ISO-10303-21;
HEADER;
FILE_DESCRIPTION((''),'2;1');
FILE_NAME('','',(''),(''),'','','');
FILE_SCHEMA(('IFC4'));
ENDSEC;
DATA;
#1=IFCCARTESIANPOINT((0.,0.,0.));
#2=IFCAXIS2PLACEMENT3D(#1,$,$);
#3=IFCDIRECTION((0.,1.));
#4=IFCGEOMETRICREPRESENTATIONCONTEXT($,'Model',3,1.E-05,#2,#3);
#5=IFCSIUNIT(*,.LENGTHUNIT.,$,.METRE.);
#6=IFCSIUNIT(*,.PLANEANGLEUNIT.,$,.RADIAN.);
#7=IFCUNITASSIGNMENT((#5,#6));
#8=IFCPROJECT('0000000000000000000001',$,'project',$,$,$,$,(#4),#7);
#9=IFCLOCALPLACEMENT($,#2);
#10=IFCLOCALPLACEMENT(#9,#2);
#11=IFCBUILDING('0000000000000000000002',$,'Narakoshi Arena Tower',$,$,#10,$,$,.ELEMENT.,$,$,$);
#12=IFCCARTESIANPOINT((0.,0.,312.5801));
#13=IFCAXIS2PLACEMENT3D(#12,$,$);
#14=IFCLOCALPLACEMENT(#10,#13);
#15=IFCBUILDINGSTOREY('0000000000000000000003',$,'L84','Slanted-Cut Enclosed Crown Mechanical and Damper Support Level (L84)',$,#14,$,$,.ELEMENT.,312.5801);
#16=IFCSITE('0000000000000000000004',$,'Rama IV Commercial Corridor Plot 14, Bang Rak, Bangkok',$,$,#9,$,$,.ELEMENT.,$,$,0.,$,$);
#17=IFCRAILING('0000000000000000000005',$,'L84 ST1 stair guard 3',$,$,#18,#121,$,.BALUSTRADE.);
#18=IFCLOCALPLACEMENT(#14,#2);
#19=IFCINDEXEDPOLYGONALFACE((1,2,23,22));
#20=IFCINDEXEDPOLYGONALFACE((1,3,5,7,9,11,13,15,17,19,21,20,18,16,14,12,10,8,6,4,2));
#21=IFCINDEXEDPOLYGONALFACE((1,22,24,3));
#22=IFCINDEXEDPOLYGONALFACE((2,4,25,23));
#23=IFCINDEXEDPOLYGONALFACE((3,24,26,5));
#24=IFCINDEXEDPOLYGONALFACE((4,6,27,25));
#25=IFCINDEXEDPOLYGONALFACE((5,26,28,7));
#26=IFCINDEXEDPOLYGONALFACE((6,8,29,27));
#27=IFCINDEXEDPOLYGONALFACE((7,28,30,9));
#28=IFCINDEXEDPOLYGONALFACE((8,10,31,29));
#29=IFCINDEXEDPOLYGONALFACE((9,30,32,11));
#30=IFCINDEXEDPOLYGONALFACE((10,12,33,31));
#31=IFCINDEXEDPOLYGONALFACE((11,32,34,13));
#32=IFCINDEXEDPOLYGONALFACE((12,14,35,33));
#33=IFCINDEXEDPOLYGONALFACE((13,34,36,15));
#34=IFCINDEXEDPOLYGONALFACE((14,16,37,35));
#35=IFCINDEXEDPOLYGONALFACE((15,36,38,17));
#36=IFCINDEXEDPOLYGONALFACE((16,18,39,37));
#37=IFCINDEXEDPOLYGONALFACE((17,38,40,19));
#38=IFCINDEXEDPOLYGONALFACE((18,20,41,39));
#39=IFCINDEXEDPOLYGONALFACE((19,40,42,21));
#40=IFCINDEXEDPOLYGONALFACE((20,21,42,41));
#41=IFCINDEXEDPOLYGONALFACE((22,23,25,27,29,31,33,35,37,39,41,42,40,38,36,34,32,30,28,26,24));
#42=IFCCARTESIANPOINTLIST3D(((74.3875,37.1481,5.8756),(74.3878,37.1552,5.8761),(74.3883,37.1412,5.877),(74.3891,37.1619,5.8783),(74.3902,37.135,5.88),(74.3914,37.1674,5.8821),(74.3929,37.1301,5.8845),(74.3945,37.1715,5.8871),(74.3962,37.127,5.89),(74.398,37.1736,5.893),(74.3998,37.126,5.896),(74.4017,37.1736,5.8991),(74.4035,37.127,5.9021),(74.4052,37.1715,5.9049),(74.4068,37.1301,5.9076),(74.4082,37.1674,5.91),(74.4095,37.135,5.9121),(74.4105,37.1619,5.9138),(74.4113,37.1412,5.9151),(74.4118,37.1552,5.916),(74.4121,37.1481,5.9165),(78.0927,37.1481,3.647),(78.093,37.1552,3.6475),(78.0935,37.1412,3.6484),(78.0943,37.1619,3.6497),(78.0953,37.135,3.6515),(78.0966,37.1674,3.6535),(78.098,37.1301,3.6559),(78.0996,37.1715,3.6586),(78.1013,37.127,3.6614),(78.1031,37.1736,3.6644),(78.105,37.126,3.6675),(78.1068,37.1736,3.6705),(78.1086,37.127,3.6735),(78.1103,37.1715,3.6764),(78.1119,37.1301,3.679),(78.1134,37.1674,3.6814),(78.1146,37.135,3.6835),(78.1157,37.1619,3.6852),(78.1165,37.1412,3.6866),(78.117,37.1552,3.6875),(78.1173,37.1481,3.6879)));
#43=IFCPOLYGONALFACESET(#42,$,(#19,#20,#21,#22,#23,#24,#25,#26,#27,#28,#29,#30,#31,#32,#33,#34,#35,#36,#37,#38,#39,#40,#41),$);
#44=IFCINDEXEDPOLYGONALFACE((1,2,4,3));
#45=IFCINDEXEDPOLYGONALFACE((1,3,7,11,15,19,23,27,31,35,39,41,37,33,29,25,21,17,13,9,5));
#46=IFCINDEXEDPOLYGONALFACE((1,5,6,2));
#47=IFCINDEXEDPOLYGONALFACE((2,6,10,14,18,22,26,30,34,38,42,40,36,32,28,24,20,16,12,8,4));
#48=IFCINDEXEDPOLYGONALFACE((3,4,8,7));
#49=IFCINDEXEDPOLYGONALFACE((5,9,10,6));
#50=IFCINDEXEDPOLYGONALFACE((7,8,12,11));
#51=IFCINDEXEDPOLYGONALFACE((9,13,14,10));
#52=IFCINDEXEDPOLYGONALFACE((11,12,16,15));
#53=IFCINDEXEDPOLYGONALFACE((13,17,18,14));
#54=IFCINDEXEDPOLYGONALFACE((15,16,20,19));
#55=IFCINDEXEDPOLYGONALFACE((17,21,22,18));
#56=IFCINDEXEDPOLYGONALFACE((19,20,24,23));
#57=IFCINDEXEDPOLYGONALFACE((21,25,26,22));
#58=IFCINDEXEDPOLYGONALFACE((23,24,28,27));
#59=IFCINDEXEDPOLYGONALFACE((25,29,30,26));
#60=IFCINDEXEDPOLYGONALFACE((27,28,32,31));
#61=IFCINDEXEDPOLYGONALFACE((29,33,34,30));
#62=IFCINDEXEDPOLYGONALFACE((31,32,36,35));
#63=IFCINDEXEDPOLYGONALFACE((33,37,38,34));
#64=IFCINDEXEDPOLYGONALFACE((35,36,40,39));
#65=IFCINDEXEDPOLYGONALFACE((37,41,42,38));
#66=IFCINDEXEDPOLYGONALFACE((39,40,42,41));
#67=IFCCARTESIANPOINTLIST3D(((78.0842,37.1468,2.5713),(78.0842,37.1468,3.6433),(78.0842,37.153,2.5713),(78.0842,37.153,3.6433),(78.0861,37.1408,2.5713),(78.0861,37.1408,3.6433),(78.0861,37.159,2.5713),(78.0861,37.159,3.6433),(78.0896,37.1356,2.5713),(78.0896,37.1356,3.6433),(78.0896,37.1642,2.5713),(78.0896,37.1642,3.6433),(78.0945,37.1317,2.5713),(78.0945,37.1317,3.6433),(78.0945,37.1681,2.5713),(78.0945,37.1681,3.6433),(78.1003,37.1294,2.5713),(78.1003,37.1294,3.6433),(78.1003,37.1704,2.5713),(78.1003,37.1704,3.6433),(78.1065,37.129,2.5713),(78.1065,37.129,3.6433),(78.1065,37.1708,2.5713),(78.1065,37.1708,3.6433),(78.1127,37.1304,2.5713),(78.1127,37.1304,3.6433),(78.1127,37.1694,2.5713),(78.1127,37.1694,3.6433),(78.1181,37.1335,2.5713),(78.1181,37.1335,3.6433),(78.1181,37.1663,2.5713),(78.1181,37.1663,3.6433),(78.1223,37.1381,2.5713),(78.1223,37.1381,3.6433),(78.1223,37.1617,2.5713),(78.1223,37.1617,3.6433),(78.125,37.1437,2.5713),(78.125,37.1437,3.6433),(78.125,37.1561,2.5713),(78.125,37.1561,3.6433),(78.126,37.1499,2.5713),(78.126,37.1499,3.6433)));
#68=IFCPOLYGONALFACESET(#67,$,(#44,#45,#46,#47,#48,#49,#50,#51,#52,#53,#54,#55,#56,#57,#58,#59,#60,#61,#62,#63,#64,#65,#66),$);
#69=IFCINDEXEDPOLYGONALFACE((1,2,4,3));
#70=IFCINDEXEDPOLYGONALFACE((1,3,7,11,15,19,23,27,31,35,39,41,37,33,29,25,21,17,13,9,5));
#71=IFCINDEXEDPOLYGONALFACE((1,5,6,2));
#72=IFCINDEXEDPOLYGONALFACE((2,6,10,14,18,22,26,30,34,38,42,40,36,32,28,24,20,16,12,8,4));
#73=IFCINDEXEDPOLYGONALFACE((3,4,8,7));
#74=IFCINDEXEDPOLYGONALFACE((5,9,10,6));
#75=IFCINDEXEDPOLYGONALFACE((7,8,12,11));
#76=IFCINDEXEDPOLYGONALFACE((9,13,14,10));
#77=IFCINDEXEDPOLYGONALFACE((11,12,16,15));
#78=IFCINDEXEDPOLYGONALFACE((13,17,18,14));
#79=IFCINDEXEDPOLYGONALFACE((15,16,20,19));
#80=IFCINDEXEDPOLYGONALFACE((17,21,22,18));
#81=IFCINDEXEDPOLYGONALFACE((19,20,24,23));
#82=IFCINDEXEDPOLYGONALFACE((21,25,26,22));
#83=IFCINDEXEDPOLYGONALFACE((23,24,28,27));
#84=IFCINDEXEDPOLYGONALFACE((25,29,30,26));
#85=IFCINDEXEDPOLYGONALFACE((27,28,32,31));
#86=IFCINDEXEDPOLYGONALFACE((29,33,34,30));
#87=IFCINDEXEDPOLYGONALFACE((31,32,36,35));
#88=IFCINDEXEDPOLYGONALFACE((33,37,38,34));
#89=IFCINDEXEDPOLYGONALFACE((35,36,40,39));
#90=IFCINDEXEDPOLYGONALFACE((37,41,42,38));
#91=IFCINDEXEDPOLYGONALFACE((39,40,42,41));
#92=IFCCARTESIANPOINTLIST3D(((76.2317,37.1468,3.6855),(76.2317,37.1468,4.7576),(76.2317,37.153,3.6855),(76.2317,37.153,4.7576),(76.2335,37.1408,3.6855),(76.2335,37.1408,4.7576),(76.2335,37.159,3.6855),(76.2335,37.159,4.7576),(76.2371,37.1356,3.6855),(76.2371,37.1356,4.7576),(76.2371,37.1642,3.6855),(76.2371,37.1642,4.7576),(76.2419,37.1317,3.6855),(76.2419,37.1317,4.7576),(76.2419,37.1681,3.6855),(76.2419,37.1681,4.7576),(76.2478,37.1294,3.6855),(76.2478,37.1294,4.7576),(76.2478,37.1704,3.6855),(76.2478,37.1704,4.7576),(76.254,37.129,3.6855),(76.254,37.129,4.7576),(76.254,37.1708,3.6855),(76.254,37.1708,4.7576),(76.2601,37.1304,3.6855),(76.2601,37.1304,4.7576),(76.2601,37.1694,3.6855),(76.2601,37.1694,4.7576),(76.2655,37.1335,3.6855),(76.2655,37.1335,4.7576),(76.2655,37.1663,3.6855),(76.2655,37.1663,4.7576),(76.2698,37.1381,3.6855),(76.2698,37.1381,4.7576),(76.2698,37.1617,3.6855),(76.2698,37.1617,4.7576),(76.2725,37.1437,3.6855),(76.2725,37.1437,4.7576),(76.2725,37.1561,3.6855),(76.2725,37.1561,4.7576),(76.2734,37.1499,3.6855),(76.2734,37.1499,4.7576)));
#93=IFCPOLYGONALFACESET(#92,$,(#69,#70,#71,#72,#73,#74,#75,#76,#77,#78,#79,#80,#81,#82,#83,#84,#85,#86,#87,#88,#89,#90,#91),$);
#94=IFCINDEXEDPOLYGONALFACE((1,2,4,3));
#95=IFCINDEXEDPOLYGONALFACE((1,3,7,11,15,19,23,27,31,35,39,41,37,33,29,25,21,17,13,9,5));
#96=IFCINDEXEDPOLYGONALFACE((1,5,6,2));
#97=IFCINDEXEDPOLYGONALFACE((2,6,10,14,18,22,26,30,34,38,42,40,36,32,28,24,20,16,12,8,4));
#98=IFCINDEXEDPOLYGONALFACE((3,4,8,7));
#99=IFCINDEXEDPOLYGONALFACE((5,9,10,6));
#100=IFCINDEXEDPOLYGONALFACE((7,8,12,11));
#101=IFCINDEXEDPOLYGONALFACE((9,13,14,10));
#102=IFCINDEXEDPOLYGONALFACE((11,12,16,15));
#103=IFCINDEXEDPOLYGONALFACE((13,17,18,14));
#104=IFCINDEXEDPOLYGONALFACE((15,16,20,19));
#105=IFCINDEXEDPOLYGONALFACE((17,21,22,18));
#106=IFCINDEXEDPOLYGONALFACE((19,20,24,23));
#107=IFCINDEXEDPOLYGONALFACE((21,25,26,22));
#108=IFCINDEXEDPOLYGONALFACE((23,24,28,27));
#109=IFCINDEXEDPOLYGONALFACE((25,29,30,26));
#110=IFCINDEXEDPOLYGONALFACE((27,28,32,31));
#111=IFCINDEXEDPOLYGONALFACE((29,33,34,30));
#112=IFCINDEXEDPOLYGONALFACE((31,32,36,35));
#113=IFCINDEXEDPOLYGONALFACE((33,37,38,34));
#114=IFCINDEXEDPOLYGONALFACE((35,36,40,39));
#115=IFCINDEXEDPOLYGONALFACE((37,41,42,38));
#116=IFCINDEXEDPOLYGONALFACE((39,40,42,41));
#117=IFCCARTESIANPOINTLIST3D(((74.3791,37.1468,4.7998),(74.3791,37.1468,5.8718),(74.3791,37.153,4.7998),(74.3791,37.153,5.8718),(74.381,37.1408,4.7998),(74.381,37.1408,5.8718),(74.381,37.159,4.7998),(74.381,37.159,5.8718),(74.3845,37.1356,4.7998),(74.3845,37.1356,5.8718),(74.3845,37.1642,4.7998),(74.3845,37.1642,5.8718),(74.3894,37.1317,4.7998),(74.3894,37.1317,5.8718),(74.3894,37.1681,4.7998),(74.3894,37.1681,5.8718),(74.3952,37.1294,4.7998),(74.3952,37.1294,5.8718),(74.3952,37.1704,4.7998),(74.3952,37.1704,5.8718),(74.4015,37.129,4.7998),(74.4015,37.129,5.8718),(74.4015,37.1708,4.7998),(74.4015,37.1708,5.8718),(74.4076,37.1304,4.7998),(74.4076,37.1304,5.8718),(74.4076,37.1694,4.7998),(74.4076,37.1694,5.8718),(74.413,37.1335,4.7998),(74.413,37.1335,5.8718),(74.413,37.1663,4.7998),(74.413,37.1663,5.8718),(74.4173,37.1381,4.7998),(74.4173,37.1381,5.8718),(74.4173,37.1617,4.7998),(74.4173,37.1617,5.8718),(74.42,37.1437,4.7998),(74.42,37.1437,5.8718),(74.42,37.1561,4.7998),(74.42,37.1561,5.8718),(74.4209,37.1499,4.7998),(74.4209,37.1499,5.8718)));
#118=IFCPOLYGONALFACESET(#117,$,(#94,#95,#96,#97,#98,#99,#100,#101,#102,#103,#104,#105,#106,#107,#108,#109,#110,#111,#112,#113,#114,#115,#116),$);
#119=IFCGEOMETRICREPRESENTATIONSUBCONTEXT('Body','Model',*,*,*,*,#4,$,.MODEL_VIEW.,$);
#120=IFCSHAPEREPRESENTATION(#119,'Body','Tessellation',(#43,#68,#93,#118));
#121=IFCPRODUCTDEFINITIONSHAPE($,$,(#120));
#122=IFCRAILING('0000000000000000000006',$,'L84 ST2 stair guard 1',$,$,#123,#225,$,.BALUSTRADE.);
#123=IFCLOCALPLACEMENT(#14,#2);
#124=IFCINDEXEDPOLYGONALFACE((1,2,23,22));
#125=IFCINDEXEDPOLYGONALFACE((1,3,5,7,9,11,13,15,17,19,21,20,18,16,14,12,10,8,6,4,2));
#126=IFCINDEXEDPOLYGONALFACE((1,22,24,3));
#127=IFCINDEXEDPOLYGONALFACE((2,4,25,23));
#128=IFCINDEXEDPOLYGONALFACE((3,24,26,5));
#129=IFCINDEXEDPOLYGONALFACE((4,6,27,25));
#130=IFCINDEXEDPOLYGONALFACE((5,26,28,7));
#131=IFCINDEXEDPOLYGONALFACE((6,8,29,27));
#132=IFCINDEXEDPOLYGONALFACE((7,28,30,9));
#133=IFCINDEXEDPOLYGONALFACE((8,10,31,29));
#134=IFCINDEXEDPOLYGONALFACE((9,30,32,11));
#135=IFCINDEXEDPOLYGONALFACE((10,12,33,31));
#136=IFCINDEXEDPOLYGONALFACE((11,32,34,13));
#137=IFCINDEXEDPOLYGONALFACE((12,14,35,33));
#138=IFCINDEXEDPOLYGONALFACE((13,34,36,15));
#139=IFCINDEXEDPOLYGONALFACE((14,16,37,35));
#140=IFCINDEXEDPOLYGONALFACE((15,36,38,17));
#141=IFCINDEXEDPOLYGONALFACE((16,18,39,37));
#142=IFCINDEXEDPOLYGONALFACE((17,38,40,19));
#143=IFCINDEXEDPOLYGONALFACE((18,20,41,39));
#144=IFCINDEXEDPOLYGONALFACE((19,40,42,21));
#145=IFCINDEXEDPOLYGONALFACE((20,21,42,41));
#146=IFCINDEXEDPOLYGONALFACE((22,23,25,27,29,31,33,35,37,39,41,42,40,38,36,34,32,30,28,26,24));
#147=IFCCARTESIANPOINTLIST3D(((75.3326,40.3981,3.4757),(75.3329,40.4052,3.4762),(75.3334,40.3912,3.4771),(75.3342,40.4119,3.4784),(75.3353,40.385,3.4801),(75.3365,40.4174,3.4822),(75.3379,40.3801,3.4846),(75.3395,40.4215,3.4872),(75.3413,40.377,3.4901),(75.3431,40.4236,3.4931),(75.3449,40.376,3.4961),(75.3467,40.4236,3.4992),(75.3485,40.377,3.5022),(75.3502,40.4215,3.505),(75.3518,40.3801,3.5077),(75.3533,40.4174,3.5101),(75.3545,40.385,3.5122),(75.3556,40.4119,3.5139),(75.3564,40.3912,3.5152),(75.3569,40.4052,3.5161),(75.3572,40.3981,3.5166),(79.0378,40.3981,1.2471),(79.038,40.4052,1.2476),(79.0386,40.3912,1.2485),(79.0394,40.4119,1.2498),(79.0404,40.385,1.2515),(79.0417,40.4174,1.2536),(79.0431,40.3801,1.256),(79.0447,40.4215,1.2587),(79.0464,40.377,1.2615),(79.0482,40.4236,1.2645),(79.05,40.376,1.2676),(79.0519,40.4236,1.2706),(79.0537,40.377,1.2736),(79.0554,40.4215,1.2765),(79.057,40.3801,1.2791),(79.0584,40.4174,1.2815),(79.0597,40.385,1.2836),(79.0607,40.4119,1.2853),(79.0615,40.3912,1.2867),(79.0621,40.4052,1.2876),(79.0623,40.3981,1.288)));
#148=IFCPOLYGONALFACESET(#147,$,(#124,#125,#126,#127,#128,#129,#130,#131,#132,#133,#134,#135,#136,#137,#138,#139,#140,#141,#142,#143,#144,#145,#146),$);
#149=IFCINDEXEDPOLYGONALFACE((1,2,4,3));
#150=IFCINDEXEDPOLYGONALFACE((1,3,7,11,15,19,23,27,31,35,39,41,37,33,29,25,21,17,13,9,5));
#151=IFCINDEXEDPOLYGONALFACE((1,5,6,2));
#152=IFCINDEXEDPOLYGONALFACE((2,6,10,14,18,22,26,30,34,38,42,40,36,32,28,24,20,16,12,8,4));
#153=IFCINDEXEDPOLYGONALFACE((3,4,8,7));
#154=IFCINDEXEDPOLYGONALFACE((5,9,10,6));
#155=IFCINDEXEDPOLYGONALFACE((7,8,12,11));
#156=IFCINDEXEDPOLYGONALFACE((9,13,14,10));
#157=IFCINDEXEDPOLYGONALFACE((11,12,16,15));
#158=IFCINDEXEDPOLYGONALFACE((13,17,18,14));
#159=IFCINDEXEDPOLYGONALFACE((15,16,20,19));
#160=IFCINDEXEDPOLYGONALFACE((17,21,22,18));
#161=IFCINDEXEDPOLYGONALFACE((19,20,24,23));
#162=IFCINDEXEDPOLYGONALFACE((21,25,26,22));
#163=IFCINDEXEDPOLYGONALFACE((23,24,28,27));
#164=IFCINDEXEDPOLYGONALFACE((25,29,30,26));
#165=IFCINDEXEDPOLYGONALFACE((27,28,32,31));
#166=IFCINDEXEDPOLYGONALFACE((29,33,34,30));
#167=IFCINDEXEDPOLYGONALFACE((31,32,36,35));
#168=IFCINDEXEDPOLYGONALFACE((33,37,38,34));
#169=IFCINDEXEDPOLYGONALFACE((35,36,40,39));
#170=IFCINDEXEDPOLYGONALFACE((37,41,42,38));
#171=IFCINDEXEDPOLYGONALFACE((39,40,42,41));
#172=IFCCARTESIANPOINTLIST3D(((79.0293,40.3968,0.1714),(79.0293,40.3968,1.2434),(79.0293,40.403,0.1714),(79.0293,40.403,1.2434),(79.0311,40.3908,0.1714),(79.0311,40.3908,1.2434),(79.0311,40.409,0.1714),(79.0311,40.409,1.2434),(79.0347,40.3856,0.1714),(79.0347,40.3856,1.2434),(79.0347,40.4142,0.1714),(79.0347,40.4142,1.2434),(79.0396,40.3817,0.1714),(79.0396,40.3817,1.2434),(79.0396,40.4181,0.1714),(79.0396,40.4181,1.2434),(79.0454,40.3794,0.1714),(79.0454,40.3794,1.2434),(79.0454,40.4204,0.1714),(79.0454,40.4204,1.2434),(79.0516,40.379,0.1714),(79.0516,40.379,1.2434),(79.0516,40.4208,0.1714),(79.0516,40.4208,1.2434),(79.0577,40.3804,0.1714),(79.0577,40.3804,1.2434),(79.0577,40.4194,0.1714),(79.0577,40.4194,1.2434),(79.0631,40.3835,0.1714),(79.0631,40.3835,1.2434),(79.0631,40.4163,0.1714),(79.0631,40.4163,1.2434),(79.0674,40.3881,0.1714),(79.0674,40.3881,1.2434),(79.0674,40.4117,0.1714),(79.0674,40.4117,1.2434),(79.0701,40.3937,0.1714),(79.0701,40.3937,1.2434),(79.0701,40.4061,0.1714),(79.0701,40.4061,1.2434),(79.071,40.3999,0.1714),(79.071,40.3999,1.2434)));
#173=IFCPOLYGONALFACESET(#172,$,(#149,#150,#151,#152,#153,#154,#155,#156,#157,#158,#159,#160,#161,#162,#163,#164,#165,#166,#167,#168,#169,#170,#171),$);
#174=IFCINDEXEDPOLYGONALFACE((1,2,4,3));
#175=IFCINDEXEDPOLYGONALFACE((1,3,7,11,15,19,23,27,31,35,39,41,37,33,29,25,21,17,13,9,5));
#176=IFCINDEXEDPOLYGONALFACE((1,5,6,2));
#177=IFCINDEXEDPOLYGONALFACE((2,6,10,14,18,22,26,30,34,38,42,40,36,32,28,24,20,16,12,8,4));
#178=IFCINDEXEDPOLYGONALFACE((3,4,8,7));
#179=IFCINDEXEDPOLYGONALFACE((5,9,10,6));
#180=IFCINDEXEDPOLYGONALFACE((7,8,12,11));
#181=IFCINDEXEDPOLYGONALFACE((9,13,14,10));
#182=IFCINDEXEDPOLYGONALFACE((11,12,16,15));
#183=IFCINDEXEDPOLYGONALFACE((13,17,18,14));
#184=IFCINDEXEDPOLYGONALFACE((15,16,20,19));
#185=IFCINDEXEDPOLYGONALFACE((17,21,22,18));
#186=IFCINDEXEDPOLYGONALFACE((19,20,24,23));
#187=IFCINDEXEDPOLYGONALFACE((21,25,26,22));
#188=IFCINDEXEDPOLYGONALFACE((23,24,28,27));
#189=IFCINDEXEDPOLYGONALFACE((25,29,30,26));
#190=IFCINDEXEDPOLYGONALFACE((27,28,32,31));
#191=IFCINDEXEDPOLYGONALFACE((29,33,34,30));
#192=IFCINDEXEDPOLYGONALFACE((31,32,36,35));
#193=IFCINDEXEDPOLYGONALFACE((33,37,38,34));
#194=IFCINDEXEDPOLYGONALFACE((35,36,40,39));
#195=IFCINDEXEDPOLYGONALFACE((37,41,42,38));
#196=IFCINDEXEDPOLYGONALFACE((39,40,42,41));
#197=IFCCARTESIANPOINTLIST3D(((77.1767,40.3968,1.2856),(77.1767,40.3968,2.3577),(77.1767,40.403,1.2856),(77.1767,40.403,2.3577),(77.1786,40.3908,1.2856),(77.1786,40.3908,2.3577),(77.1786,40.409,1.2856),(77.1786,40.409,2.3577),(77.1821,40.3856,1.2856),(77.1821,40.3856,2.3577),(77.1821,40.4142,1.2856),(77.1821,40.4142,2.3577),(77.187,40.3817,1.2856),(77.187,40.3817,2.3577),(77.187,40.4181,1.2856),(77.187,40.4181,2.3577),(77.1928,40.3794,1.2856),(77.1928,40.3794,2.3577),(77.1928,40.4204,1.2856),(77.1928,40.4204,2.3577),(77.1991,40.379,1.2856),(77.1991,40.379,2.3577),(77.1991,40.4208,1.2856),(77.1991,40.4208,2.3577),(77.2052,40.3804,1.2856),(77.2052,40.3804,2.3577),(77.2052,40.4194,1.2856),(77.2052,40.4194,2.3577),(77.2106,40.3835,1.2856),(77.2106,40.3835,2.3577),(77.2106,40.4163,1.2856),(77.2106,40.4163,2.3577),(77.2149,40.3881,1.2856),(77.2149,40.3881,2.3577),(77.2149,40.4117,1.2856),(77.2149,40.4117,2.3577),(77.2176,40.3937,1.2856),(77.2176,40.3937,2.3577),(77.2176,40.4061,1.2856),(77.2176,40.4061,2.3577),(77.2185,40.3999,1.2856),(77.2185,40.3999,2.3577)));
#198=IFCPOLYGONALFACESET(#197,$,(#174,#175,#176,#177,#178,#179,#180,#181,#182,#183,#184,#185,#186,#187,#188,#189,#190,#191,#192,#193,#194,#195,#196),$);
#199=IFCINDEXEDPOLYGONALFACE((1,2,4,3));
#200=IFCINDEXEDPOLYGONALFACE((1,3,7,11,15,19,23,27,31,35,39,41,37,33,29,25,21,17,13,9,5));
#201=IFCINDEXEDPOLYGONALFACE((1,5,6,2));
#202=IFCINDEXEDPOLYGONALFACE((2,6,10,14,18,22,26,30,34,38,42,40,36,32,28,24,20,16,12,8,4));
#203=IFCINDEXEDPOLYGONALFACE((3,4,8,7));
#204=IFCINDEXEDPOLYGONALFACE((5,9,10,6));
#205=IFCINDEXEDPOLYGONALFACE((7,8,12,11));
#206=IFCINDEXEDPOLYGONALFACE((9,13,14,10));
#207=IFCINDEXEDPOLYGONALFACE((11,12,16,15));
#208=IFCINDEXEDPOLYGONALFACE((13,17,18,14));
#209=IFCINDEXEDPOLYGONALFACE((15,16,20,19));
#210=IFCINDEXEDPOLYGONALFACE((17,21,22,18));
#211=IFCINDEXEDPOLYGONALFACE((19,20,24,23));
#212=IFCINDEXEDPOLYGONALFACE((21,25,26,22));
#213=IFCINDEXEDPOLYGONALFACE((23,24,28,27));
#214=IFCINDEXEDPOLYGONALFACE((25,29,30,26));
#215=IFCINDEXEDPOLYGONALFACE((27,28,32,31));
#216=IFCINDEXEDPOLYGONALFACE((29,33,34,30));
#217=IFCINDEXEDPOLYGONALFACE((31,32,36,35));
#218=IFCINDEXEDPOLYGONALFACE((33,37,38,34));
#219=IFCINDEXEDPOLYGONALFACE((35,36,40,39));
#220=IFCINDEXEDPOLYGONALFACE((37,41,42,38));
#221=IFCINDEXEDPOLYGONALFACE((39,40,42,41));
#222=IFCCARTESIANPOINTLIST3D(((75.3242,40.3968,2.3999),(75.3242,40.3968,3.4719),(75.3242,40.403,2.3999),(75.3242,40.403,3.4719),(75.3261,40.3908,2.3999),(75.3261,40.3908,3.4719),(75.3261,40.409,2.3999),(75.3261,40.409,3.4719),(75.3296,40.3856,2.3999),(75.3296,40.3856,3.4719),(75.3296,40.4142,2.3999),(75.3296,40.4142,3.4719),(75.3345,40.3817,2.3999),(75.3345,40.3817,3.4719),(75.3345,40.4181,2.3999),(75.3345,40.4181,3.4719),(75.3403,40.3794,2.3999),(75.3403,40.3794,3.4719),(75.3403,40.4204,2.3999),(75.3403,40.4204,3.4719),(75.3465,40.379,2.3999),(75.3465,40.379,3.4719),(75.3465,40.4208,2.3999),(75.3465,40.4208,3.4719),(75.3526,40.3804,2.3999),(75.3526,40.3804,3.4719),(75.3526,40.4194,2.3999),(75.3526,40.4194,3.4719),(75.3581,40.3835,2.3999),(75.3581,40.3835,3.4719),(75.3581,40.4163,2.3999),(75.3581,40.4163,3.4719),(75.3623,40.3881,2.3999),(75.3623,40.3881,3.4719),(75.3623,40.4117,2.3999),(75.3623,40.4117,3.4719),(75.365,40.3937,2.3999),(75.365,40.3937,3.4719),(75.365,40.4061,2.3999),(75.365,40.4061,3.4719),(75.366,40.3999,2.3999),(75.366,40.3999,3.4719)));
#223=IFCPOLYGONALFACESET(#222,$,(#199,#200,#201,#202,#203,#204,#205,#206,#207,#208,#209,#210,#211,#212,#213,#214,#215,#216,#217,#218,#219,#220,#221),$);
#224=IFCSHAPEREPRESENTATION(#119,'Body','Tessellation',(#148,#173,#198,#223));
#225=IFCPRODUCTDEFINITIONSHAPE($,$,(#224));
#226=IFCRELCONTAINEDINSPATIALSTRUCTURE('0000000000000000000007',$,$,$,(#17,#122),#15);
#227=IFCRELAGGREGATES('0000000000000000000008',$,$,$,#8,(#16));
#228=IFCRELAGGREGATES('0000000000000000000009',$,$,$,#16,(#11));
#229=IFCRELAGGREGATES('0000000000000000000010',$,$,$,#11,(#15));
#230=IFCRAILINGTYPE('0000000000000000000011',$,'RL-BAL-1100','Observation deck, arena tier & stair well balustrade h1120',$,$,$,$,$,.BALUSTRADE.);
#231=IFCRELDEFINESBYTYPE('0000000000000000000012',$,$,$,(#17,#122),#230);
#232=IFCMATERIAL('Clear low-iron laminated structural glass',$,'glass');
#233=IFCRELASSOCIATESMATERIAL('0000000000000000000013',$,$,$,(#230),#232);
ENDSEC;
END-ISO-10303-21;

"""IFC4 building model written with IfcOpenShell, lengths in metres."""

from ifc_helpers import new_model, si_unit, direction, frame, origin, origin_2d, place, context, subcontext, project, spatial, circle, extrude, material, type_object, element, save


model = new_model("IFC4")

# Units and contexts
model_context = context("Model", 3, precision=1e-05, world=origin(), true_north=direction((0.0, 1.0)))
body_context = subcontext(model_context, "Body", "Model", "MODEL_VIEW")
ifc_project = project(units=[si_unit("LENGTHUNIT", "METRE"), si_unit("PLANEANGLEUNIT", "RADIAN")], contexts=[model_context])

# Site, building, storey
site_placement = place(None, origin())
site = spatial("IfcSite", under=ifc_project, at=site_placement, Name="Rama IV Commercial Corridor Plot 14, Bang Rak, Bangkok", CompositionType="ELEMENT", RefElevation=0.0)
building_placement = place(site_placement, origin())
building = spatial("IfcBuilding", under=site, at=building_placement, Name="Narakoshi Arena Tower", CompositionType="ELEMENT")
storey_placement = place(building_placement, frame((0.0, 0.0, 312.5801)))
storey = spatial("IfcBuildingStorey", under=building, at=storey_placement, Name="L84", Description="Slanted-Cut Enclosed Crown Mechanical and Damper Support Level (L84)", CompositionType="ELEMENT", Elevation=312.5801)

# Railings
ifc_material_1 = material(Name="Clear low-iron laminated structural glass", Category="glass")
railing_type_1 = type_object("IfcRailingType", Name="RL-BAL-1100", Description="Observation deck, arena tier & stair well balustrade h1120", PredefinedType="BALUSTRADE", material=ifc_material_1)
for number, where, name in (
    (1, (78.105, 37.1499, 2.5713), "L84 ST1 stair guard 3"),
    (2, (79.05, 40.3999, 0.1714), "L84 ST2 stair guard 1"),
):
    element("IfcRailing", number, at=place(storey_placement, frame(where)), inside=storey, type_object=railing_type_1, Name=name, PredefinedType="BALUSTRADE", context=body_context, shape_type="SweptSolid", body=[
        extrude(circle(Radius=0.0239, at=origin_2d()), frame((0.0, 0.0, 1.0962), z_axis=(-0.856934, 0.0, 0.515425), x_axis=(0.0, -1.0, 0.0)), (0.0, 0.0, 1.0), 4.3237),
        extrude(circle(Radius=0.021, at=origin_2d()), origin(), (0.0, 0.0, 1.0), 1.072),
        extrude(circle(Radius=0.021, at=origin_2d()), frame((-1.8525, 0.0, 1.1143)), (0.0, 0.0, 1.0), 1.072),
        extrude(circle(Radius=0.021, at=origin_2d()), frame((-3.7051, 0.0, 2.2285)), (0.0, 0.0, 1.0), 1.072),
    ])

save(model, "model.ifc")
